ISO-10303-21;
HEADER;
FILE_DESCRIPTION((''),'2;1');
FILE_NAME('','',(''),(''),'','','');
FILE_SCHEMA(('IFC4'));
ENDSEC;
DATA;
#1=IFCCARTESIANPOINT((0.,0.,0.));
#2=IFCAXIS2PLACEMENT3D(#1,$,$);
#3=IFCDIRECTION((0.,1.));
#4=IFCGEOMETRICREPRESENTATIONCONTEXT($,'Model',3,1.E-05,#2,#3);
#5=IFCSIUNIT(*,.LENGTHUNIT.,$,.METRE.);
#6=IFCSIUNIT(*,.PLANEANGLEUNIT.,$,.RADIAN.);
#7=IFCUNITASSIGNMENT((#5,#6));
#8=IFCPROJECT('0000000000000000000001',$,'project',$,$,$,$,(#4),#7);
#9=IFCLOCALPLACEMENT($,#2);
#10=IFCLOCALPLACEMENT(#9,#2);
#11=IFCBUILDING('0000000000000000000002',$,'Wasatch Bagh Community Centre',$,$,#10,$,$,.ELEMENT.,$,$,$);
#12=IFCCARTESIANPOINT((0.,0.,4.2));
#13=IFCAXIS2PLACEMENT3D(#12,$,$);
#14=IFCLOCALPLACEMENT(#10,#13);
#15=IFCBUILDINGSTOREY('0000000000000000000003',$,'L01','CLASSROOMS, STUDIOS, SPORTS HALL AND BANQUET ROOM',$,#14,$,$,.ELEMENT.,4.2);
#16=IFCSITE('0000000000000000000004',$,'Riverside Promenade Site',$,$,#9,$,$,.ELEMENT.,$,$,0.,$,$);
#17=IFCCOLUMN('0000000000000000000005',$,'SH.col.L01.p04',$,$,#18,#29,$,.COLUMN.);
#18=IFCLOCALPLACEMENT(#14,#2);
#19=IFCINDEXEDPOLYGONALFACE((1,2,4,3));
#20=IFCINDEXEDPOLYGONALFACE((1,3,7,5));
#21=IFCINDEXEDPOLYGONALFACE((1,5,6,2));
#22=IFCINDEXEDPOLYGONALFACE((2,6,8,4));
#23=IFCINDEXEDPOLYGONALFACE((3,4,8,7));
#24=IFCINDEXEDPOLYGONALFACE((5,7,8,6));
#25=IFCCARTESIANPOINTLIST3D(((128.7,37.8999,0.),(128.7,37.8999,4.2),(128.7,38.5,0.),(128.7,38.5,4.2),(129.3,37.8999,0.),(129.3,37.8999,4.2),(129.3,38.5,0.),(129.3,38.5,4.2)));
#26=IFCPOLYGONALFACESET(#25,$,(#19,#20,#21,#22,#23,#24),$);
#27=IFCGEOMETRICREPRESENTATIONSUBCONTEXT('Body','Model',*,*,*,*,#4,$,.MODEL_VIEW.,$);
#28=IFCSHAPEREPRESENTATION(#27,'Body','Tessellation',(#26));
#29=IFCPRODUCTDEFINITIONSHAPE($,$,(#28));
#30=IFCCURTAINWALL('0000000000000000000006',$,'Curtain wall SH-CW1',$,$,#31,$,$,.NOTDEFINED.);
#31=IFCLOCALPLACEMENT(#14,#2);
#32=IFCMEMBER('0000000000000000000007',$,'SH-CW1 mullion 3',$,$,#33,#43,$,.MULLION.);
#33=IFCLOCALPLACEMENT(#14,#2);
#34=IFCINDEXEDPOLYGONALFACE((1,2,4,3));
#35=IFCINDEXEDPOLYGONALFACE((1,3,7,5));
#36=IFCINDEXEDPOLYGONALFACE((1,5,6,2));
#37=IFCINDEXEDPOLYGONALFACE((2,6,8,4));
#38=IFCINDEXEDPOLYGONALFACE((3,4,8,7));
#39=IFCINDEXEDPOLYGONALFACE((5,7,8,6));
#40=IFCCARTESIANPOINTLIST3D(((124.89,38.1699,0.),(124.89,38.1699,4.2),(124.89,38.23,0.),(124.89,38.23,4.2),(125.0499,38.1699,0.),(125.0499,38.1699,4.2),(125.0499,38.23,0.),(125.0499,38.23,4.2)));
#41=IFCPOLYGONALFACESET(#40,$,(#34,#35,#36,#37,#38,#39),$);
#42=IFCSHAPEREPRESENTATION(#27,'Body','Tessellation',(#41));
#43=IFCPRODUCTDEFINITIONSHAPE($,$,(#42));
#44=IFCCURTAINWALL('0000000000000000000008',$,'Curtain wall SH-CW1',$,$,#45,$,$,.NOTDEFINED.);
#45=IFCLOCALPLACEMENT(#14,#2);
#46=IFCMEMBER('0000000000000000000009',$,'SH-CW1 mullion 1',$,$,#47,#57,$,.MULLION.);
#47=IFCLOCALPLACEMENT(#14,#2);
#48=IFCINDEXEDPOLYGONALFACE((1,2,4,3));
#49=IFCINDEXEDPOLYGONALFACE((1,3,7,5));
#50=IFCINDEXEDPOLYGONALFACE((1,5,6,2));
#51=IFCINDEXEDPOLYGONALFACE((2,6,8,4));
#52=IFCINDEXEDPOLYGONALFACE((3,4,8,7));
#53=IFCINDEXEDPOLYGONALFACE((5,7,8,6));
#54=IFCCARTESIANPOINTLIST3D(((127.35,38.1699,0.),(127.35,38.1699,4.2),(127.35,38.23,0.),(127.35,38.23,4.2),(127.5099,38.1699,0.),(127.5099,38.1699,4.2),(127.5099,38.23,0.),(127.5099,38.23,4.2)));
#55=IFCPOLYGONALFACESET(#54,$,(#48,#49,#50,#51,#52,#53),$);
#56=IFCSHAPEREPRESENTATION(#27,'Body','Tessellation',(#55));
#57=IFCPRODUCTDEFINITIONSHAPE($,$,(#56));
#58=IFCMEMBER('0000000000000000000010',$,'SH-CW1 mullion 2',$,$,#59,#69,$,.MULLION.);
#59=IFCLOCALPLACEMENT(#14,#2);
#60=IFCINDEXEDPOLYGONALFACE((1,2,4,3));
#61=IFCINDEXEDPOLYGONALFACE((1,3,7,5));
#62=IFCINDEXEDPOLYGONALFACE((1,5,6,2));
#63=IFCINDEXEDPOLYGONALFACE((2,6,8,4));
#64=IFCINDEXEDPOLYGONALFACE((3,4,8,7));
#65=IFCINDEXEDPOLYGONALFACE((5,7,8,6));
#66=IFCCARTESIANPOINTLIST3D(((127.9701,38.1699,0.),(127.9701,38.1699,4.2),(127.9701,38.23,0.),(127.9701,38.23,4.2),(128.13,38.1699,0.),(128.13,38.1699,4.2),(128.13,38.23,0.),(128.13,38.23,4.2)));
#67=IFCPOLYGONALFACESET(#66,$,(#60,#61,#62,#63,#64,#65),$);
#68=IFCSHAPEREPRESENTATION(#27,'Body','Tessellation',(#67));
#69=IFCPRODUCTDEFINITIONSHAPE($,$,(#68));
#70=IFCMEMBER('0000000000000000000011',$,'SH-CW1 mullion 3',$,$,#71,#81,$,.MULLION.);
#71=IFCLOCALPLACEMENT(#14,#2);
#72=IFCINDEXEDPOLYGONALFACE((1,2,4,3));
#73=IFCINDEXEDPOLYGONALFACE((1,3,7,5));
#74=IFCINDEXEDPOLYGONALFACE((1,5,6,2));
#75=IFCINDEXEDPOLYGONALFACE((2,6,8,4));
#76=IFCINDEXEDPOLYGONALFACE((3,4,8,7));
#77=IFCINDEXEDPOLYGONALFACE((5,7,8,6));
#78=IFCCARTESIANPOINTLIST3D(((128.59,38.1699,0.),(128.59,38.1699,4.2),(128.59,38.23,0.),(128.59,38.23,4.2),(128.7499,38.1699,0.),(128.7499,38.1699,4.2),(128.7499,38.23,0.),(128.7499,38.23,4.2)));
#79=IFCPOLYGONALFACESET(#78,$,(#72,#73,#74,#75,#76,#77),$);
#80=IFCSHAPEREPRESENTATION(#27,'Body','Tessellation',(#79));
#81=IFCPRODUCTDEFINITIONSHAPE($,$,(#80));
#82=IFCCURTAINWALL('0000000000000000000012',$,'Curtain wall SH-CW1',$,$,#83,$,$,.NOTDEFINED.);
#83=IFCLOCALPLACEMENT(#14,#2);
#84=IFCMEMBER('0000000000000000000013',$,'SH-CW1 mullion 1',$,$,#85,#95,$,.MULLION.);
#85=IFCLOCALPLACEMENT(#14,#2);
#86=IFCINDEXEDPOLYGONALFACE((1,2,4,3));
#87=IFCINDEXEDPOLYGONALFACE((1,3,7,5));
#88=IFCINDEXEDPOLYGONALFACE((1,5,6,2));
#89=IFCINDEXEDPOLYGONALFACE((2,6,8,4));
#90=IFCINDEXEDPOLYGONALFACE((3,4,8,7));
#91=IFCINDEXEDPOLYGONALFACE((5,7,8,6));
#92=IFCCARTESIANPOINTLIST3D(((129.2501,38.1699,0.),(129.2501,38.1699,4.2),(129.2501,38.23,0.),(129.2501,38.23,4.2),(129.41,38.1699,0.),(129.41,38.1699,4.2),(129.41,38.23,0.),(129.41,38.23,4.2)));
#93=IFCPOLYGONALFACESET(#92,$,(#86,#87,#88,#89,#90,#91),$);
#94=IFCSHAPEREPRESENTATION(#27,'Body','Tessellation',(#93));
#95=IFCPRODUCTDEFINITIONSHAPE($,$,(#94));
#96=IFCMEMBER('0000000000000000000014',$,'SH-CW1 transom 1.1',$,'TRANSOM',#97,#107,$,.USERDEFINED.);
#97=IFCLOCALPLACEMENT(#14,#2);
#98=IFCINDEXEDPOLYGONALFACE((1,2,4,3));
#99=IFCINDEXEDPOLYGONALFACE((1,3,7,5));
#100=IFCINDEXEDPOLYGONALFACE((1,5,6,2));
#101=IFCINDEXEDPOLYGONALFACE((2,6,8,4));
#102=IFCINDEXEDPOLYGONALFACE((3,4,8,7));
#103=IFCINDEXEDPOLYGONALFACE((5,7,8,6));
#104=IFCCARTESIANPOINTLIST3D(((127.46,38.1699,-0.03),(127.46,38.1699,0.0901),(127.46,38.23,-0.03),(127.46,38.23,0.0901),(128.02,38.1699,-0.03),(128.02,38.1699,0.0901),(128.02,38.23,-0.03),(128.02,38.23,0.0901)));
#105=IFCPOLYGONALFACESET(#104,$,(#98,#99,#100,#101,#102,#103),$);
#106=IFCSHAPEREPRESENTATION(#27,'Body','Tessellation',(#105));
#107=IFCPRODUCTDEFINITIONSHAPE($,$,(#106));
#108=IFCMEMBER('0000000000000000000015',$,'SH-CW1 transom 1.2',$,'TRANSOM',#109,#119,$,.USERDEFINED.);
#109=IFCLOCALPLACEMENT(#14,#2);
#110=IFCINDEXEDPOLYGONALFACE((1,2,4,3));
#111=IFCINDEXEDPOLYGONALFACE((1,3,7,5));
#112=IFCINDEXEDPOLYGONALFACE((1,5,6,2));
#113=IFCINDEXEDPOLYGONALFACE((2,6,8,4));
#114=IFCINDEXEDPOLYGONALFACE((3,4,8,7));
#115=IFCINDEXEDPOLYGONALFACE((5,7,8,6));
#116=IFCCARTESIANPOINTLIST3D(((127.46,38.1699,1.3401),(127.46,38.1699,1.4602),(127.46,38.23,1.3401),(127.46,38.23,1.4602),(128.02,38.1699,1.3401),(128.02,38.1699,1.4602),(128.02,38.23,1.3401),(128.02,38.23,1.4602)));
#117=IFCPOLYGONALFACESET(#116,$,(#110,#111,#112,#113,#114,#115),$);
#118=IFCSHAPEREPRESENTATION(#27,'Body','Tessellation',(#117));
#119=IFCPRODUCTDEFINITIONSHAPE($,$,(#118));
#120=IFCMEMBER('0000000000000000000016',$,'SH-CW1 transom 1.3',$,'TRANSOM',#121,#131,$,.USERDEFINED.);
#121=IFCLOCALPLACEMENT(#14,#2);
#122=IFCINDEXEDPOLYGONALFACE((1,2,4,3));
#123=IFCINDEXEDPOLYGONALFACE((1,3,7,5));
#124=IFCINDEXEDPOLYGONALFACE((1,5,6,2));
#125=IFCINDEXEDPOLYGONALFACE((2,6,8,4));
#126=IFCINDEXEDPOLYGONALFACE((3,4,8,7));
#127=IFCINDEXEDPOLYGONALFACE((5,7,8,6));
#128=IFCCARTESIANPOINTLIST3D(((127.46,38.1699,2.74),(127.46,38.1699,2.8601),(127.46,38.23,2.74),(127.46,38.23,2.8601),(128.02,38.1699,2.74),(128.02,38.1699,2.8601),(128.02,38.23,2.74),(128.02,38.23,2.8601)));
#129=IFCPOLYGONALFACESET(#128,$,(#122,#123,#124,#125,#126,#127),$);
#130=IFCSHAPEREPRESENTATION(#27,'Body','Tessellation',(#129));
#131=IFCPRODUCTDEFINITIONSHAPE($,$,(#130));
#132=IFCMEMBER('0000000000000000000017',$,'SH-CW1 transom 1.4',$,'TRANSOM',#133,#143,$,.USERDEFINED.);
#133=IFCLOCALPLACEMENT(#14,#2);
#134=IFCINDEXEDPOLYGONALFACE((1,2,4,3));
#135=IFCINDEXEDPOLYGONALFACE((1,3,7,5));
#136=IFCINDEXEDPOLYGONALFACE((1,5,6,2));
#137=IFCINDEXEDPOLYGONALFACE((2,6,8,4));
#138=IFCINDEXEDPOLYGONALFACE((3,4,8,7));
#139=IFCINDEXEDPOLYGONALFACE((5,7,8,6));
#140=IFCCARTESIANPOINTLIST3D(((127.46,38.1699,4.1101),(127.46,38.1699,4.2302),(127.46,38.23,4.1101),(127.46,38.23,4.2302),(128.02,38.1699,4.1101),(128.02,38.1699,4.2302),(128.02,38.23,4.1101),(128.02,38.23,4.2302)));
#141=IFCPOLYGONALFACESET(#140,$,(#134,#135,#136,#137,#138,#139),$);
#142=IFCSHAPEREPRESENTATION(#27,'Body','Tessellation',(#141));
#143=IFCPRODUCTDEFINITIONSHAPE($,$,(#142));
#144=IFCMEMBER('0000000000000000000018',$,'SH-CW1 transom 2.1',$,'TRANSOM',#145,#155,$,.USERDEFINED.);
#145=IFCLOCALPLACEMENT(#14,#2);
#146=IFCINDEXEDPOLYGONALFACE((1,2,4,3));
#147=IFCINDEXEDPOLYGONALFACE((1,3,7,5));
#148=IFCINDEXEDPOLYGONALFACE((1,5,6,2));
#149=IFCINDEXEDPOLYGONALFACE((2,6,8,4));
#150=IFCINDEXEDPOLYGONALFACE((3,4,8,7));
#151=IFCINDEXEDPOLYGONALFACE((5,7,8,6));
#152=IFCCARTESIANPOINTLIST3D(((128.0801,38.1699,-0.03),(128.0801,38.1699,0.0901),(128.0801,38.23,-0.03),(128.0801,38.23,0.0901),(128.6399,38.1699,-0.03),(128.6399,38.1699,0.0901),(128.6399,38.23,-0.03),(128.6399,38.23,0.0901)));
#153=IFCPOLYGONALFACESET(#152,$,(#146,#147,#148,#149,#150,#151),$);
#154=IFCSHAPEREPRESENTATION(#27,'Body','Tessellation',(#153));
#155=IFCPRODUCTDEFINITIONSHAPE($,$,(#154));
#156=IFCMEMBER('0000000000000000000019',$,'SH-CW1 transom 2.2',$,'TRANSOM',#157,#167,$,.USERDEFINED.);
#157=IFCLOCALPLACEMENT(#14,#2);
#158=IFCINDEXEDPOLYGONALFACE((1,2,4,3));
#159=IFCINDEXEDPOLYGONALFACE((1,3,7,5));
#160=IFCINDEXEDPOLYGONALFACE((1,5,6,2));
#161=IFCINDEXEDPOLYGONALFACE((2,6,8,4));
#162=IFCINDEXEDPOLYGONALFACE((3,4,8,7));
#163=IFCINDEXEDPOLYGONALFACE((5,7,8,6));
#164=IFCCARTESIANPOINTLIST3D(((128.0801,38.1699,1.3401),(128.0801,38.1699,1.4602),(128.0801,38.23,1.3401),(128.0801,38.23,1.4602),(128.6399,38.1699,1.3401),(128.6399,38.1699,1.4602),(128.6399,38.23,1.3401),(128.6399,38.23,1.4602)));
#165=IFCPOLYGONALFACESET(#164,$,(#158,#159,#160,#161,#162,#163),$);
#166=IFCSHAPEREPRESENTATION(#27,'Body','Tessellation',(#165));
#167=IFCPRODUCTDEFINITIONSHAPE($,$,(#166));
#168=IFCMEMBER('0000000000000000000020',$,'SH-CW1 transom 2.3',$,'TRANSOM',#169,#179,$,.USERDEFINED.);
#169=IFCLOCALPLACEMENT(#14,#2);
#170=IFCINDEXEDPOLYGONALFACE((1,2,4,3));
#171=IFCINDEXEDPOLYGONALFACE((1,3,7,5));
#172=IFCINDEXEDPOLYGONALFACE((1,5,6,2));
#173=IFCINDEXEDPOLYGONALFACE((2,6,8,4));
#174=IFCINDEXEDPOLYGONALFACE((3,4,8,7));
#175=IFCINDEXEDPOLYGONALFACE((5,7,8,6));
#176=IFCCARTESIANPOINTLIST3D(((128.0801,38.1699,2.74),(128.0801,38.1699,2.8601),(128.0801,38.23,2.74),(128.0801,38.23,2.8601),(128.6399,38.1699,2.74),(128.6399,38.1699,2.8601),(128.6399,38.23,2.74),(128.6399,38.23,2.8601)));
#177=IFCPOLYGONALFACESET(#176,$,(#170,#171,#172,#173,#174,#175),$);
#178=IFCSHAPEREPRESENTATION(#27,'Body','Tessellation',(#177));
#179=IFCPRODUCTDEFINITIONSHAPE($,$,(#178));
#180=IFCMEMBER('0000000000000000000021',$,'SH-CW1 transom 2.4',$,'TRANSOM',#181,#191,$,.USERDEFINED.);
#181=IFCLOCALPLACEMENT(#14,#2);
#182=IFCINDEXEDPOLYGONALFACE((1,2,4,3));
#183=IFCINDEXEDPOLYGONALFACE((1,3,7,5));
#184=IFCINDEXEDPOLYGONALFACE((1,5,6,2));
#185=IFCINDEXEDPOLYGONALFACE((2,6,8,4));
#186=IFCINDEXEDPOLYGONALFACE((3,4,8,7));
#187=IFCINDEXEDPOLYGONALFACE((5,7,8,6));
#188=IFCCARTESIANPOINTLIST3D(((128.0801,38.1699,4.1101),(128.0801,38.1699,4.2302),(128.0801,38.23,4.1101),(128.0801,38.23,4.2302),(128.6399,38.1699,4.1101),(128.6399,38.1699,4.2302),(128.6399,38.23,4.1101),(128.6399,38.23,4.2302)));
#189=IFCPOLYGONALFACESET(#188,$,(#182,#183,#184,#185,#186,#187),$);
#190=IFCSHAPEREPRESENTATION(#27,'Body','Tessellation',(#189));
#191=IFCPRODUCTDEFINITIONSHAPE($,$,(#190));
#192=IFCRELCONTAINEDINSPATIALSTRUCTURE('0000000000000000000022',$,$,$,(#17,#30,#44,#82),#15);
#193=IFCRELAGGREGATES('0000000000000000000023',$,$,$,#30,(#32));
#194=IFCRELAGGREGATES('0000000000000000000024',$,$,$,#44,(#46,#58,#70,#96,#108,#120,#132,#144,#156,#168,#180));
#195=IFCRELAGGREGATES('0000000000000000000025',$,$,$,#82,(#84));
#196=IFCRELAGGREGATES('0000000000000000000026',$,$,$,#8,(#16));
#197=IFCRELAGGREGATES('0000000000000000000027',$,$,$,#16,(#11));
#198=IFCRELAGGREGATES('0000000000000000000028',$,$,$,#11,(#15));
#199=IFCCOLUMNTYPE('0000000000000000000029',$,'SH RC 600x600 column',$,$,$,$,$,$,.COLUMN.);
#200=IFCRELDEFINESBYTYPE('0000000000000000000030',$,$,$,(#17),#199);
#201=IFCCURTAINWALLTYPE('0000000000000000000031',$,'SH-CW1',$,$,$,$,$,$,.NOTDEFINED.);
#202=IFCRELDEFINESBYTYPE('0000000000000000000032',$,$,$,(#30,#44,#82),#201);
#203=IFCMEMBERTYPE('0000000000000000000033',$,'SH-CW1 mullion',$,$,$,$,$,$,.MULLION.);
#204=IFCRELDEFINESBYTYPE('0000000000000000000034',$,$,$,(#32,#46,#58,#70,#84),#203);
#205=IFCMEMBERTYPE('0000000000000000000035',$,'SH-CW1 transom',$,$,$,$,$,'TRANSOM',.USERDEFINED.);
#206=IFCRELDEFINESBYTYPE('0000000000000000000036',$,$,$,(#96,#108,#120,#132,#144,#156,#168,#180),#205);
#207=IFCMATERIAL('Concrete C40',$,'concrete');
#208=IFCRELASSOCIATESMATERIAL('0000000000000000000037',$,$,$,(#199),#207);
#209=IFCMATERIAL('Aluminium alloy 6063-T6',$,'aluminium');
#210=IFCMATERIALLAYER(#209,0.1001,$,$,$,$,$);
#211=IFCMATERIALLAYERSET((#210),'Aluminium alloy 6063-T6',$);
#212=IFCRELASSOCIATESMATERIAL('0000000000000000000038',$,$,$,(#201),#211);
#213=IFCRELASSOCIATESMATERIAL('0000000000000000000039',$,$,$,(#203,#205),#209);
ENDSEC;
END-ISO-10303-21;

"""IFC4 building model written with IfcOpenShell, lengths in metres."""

from ifc_helpers import new_model, si_unit, direction, frame, origin, origin_2d, place, context, subcontext, project, spatial, rectangle, extrude, material, layer, layer_set, material_profile, profile_set, type_object, element, aggregate, save


model = new_model("IFC4")

# Units and contexts
model_context = context("Model", 3, precision=1e-05, world=origin(), true_north=direction((0.0, 1.0)))
body_context = subcontext(model_context, "Body", "Model", "MODEL_VIEW")
ifc_project = project(units=[si_unit("LENGTHUNIT", "METRE"), si_unit("PLANEANGLEUNIT", "RADIAN")], contexts=[model_context])

# Site, building, storey
site_placement = place(None, origin())
site = spatial("IfcSite", under=ifc_project, at=site_placement, Name="Riverside Promenade Site", CompositionType="ELEMENT", RefElevation=0.0)
building_placement = place(site_placement, origin())
building = spatial("IfcBuilding", under=site, at=building_placement, Name="Wasatch Bagh Community Centre", CompositionType="ELEMENT")
storey_placement = place(building_placement, frame((0.0, 0.0, 4.2)))
storey = spatial("IfcBuildingStorey", under=building, at=storey_placement, Name="L01", Description="CLASSROOMS, STUDIOS, SPORTS HALL AND BANQUET ROOM", CompositionType="ELEMENT", Elevation=4.2)

# Column
ifc_material_1 = material(Name="Concrete C40", Category="concrete")
ifc_material_profile_1 = material_profile(ifc_material_1, rectangle(XDim=0.6001, YDim=0.6001, at=origin_2d()), Name="RC 600x600")
ifc_profile_set_1 = profile_set([ifc_material_profile_1], Name="Concrete C40")
column_type = type_object("IfcColumnType", Name="SH RC 600x600 column", PredefinedType="COLUMN", material=ifc_profile_set_1)
column_placement = place(storey_placement, frame((129.0, 38.2, 0.0), z_axis=(0.0, 0.0, 1.0), x_axis=(1.0, 0.0, 0.0)))
element("IfcColumn", 1, at=column_placement, inside=storey, type_object=column_type, Name="SH.col.L01.p04", PredefinedType="COLUMN", context=body_context, shape_type="SweptSolid", body=[
    extrude(rectangle(XDim=0.6001, YDim=0.6001, at=origin_2d()), origin(), (0.0, 0.0, 1.0), 4.2),
])

# Curtain wall, member
ifc_material_2 = material(Name="Aluminium alloy 6063-T6", Category="aluminium")
ifc_layer_1 = layer(ifc_material_2, 0.1001)
ifc_layer_set_1 = layer_set([ifc_layer_1], Name="Aluminium alloy 6063-T6")
curtain_wall_type = type_object("IfcCurtainWallType", Name="SH-CW1", PredefinedType="NOTDEFINED", material=ifc_layer_set_1)
curtain_wall_1_placement = place(storey_placement, origin())
curtain_wall_1 = element("IfcCurtainWall", 2, at=curtain_wall_1_placement, inside=storey, type_object=curtain_wall_type, Name="Curtain wall SH-CW1", PredefinedType="NOTDEFINED")
ifc_material_profile_2 = material_profile(ifc_material_2, rectangle(XDim=0.0601, YDim=0.1599, at=origin_2d()), Name="AL 60x160")
ifc_profile_set_2 = profile_set([ifc_material_profile_2], Name="Aluminium alloy 6063-T6")
member_type_1 = type_object("IfcMemberType", Name="SH-CW1 mullion", PredefinedType="MULLION", material=ifc_profile_set_2)
member_1_placement = place(storey_placement, frame((124.97, 38.2, 0.0), z_axis=(0.0, 0.0, 1.0), x_axis=(0.0, 1.0, 0.0)))
member_1 = element("IfcMember", 3, at=member_1_placement, type_object=member_type_1, Name="SH-CW1 mullion 3", PredefinedType="MULLION", context=body_context, shape_type="SweptSolid", body=[
    extrude(rectangle(XDim=0.0601, YDim=0.1599, at=origin_2d()), origin(), (0.0, 0.0, 1.0), 4.2),
])

# Curtain wall, members
curtain_wall_2_placement = place(storey_placement, origin())
curtain_wall_2 = element("IfcCurtainWall", 4, at=curtain_wall_2_placement, inside=storey, type_object=curtain_wall_type, Name="Curtain wall SH-CW1", PredefinedType="NOTDEFINED")
member_2_placement = place(storey_placement, frame((127.4299, 38.2, 0.0), z_axis=(0.0, 0.0, 1.0), x_axis=(0.0, 1.0, 0.0)))
member_2 = element("IfcMember", 5, at=member_2_placement, type_object=member_type_1, Name="SH-CW1 mullion 1", PredefinedType="MULLION", context=body_context, shape_type="SweptSolid", body=[
    extrude(rectangle(XDim=0.0601, YDim=0.1599, at=origin_2d()), origin(), (0.0, 0.0, 1.0), 4.2),
])
member_3_placement = place(storey_placement, frame((128.05, 38.2, 0.0), z_axis=(0.0, 0.0, 1.0), x_axis=(0.0, 1.0, 0.0)))
member_3 = element("IfcMember", 6, at=member_3_placement, type_object=member_type_1, Name="SH-CW1 mullion 2", PredefinedType="MULLION", context=body_context, shape_type="SweptSolid", body=[
    extrude(rectangle(XDim=0.0601, YDim=0.1599, at=origin_2d()), origin(), (0.0, 0.0, 1.0), 4.2),
])
member_4_placement = place(storey_placement, frame((128.6699, 38.2, 0.0), z_axis=(0.0, 0.0, 1.0), x_axis=(0.0, 1.0, 0.0)))
member_4 = element("IfcMember", 7, at=member_4_placement, type_object=member_type_1, Name="SH-CW1 mullion 3", PredefinedType="MULLION", context=body_context, shape_type="SweptSolid", body=[
    extrude(rectangle(XDim=0.0601, YDim=0.1599, at=origin_2d()), origin(), (0.0, 0.0, 1.0), 4.2),
])

# Curtain wall, member
curtain_wall_3_placement = place(storey_placement, origin())
curtain_wall_3 = element("IfcCurtainWall", 8, at=curtain_wall_3_placement, inside=storey, type_object=curtain_wall_type, Name="Curtain wall SH-CW1", PredefinedType="NOTDEFINED")
member_5_placement = place(storey_placement, frame((129.3301, 38.2, 0.0), z_axis=(0.0, 0.0, 1.0), x_axis=(0.0, 1.0, 0.0)))
member_5 = element("IfcMember", 9, at=member_5_placement, type_object=member_type_1, Name="SH-CW1 mullion 1", PredefinedType="MULLION", context=body_context, shape_type="SweptSolid", body=[
    extrude(rectangle(XDim=0.0601, YDim=0.1599, at=origin_2d()), origin(), (0.0, 0.0, 1.0), 4.2),
])

# Members
ifc_material_profile_3 = material_profile(ifc_material_2, rectangle(XDim=0.0601, YDim=0.1201, at=origin_2d()), Name="AL 60x120")
ifc_profile_set_3 = profile_set([ifc_material_profile_3], Name="Aluminium alloy 6063-T6")
member_type_2 = type_object("IfcMemberType", Name="SH-CW1 transom", ElementType="TRANSOM", PredefinedType="USERDEFINED", material=ifc_profile_set_3)
member_6_placement = place(storey_placement, frame((127.46, 38.2, 0.03), z_axis=(1.0, 0.0, 0.0), x_axis=(0.0, 1.0, 0.0)))
member_6 = element("IfcMember", 10, at=member_6_placement, type_object=member_type_2, Name="SH-CW1 transom 1.1", ObjectType="TRANSOM", PredefinedType="USERDEFINED", context=body_context, shape_type="SweptSolid", body=[
    extrude(rectangle(XDim=0.0601, YDim=0.1201, at=origin_2d()), origin(), (0.0, 0.0, 1.0), 0.5601),
])
member_7_placement = place(storey_placement, frame((127.46, 38.2, 1.4001), z_axis=(1.0, 0.0, 0.0), x_axis=(0.0, 1.0, 0.0)))
member_7 = element("IfcMember", 11, at=member_7_placement, type_object=member_type_2, Name="SH-CW1 transom 1.2", ObjectType="TRANSOM", PredefinedType="USERDEFINED", context=body_context, shape_type="SweptSolid", body=[
    extrude(rectangle(XDim=0.0601, YDim=0.1201, at=origin_2d()), origin(), (0.0, 0.0, 1.0), 0.5601),
])
member_8_placement = place(storey_placement, frame((127.46, 38.2, 2.8), z_axis=(1.0, 0.0, 0.0), x_axis=(0.0, 1.0, 0.0)))
member_8 = element("IfcMember", 12, at=member_8_placement, type_object=member_type_2, Name="SH-CW1 transom 1.3", ObjectType="TRANSOM", PredefinedType="USERDEFINED", context=body_context, shape_type="SweptSolid", body=[
    extrude(rectangle(XDim=0.0601, YDim=0.1201, at=origin_2d()), origin(), (0.0, 0.0, 1.0), 0.5601),
])
member_9_placement = place(storey_placement, frame((127.46, 38.2, 4.1702), z_axis=(1.0, 0.0, 0.0), x_axis=(0.0, 1.0, 0.0)))
member_9 = element("IfcMember", 13, at=member_9_placement, type_object=member_type_2, Name="SH-CW1 transom 1.4", ObjectType="TRANSOM", PredefinedType="USERDEFINED", context=body_context, shape_type="SweptSolid", body=[
    extrude(rectangle(XDim=0.0601, YDim=0.1201, at=origin_2d()), origin(), (0.0, 0.0, 1.0), 0.5601),
])
member_10_placement = place(storey_placement, frame((128.0801, 38.2, 0.03), z_axis=(1.0, 0.0, 0.0), x_axis=(0.0, 1.0, 0.0)))
member_10 = element("IfcMember", 14, at=member_10_placement, type_object=member_type_2, Name="SH-CW1 transom 2.1", ObjectType="TRANSOM", PredefinedType="USERDEFINED", context=body_context, shape_type="SweptSolid", body=[
    extrude(rectangle(XDim=0.0601, YDim=0.1201, at=origin_2d()), origin(), (0.0, 0.0, 1.0), 0.5598),
])
member_11_placement = place(storey_placement, frame((128.0801, 38.2, 1.4001), z_axis=(1.0, 0.0, 0.0), x_axis=(0.0, 1.0, 0.0)))
member_11 = element("IfcMember", 15, at=member_11_placement, type_object=member_type_2, Name="SH-CW1 transom 2.2", ObjectType="TRANSOM", PredefinedType="USERDEFINED", context=body_context, shape_type="SweptSolid", body=[
    extrude(rectangle(XDim=0.0601, YDim=0.1201, at=origin_2d()), origin(), (0.0, 0.0, 1.0), 0.5598),
])
member_12_placement = place(storey_placement, frame((128.0801, 38.2, 2.8), z_axis=(1.0, 0.0, 0.0), x_axis=(0.0, 1.0, 0.0)))
member_12 = element("IfcMember", 16, at=member_12_placement, type_object=member_type_2, Name="SH-CW1 transom 2.3", ObjectType="TRANSOM", PredefinedType="USERDEFINED", context=body_context, shape_type="SweptSolid", body=[
    extrude(rectangle(XDim=0.0601, YDim=0.1201, at=origin_2d()), origin(), (0.0, 0.0, 1.0), 0.5598),
])
member_13_placement = place(storey_placement, frame((128.0801, 38.2, 4.1702), z_axis=(1.0, 0.0, 0.0), x_axis=(0.0, 1.0, 0.0)))
member_13 = element("IfcMember", 17, at=member_13_placement, type_object=member_type_2, Name="SH-CW1 transom 2.4", ObjectType="TRANSOM", PredefinedType="USERDEFINED", context=body_context, shape_type="SweptSolid", body=[
    extrude(rectangle(XDim=0.0601, YDim=0.1201, at=origin_2d()), origin(), (0.0, 0.0, 1.0), 0.5598),
])

aggregate(curtain_wall_1, [member_1])
aggregate(curtain_wall_2, [member_2, member_3, member_4, member_6, member_7, member_8, member_9, member_10, member_11, member_12, member_13])
aggregate(curtain_wall_3, [member_5])

save(model, "model.ifc")
